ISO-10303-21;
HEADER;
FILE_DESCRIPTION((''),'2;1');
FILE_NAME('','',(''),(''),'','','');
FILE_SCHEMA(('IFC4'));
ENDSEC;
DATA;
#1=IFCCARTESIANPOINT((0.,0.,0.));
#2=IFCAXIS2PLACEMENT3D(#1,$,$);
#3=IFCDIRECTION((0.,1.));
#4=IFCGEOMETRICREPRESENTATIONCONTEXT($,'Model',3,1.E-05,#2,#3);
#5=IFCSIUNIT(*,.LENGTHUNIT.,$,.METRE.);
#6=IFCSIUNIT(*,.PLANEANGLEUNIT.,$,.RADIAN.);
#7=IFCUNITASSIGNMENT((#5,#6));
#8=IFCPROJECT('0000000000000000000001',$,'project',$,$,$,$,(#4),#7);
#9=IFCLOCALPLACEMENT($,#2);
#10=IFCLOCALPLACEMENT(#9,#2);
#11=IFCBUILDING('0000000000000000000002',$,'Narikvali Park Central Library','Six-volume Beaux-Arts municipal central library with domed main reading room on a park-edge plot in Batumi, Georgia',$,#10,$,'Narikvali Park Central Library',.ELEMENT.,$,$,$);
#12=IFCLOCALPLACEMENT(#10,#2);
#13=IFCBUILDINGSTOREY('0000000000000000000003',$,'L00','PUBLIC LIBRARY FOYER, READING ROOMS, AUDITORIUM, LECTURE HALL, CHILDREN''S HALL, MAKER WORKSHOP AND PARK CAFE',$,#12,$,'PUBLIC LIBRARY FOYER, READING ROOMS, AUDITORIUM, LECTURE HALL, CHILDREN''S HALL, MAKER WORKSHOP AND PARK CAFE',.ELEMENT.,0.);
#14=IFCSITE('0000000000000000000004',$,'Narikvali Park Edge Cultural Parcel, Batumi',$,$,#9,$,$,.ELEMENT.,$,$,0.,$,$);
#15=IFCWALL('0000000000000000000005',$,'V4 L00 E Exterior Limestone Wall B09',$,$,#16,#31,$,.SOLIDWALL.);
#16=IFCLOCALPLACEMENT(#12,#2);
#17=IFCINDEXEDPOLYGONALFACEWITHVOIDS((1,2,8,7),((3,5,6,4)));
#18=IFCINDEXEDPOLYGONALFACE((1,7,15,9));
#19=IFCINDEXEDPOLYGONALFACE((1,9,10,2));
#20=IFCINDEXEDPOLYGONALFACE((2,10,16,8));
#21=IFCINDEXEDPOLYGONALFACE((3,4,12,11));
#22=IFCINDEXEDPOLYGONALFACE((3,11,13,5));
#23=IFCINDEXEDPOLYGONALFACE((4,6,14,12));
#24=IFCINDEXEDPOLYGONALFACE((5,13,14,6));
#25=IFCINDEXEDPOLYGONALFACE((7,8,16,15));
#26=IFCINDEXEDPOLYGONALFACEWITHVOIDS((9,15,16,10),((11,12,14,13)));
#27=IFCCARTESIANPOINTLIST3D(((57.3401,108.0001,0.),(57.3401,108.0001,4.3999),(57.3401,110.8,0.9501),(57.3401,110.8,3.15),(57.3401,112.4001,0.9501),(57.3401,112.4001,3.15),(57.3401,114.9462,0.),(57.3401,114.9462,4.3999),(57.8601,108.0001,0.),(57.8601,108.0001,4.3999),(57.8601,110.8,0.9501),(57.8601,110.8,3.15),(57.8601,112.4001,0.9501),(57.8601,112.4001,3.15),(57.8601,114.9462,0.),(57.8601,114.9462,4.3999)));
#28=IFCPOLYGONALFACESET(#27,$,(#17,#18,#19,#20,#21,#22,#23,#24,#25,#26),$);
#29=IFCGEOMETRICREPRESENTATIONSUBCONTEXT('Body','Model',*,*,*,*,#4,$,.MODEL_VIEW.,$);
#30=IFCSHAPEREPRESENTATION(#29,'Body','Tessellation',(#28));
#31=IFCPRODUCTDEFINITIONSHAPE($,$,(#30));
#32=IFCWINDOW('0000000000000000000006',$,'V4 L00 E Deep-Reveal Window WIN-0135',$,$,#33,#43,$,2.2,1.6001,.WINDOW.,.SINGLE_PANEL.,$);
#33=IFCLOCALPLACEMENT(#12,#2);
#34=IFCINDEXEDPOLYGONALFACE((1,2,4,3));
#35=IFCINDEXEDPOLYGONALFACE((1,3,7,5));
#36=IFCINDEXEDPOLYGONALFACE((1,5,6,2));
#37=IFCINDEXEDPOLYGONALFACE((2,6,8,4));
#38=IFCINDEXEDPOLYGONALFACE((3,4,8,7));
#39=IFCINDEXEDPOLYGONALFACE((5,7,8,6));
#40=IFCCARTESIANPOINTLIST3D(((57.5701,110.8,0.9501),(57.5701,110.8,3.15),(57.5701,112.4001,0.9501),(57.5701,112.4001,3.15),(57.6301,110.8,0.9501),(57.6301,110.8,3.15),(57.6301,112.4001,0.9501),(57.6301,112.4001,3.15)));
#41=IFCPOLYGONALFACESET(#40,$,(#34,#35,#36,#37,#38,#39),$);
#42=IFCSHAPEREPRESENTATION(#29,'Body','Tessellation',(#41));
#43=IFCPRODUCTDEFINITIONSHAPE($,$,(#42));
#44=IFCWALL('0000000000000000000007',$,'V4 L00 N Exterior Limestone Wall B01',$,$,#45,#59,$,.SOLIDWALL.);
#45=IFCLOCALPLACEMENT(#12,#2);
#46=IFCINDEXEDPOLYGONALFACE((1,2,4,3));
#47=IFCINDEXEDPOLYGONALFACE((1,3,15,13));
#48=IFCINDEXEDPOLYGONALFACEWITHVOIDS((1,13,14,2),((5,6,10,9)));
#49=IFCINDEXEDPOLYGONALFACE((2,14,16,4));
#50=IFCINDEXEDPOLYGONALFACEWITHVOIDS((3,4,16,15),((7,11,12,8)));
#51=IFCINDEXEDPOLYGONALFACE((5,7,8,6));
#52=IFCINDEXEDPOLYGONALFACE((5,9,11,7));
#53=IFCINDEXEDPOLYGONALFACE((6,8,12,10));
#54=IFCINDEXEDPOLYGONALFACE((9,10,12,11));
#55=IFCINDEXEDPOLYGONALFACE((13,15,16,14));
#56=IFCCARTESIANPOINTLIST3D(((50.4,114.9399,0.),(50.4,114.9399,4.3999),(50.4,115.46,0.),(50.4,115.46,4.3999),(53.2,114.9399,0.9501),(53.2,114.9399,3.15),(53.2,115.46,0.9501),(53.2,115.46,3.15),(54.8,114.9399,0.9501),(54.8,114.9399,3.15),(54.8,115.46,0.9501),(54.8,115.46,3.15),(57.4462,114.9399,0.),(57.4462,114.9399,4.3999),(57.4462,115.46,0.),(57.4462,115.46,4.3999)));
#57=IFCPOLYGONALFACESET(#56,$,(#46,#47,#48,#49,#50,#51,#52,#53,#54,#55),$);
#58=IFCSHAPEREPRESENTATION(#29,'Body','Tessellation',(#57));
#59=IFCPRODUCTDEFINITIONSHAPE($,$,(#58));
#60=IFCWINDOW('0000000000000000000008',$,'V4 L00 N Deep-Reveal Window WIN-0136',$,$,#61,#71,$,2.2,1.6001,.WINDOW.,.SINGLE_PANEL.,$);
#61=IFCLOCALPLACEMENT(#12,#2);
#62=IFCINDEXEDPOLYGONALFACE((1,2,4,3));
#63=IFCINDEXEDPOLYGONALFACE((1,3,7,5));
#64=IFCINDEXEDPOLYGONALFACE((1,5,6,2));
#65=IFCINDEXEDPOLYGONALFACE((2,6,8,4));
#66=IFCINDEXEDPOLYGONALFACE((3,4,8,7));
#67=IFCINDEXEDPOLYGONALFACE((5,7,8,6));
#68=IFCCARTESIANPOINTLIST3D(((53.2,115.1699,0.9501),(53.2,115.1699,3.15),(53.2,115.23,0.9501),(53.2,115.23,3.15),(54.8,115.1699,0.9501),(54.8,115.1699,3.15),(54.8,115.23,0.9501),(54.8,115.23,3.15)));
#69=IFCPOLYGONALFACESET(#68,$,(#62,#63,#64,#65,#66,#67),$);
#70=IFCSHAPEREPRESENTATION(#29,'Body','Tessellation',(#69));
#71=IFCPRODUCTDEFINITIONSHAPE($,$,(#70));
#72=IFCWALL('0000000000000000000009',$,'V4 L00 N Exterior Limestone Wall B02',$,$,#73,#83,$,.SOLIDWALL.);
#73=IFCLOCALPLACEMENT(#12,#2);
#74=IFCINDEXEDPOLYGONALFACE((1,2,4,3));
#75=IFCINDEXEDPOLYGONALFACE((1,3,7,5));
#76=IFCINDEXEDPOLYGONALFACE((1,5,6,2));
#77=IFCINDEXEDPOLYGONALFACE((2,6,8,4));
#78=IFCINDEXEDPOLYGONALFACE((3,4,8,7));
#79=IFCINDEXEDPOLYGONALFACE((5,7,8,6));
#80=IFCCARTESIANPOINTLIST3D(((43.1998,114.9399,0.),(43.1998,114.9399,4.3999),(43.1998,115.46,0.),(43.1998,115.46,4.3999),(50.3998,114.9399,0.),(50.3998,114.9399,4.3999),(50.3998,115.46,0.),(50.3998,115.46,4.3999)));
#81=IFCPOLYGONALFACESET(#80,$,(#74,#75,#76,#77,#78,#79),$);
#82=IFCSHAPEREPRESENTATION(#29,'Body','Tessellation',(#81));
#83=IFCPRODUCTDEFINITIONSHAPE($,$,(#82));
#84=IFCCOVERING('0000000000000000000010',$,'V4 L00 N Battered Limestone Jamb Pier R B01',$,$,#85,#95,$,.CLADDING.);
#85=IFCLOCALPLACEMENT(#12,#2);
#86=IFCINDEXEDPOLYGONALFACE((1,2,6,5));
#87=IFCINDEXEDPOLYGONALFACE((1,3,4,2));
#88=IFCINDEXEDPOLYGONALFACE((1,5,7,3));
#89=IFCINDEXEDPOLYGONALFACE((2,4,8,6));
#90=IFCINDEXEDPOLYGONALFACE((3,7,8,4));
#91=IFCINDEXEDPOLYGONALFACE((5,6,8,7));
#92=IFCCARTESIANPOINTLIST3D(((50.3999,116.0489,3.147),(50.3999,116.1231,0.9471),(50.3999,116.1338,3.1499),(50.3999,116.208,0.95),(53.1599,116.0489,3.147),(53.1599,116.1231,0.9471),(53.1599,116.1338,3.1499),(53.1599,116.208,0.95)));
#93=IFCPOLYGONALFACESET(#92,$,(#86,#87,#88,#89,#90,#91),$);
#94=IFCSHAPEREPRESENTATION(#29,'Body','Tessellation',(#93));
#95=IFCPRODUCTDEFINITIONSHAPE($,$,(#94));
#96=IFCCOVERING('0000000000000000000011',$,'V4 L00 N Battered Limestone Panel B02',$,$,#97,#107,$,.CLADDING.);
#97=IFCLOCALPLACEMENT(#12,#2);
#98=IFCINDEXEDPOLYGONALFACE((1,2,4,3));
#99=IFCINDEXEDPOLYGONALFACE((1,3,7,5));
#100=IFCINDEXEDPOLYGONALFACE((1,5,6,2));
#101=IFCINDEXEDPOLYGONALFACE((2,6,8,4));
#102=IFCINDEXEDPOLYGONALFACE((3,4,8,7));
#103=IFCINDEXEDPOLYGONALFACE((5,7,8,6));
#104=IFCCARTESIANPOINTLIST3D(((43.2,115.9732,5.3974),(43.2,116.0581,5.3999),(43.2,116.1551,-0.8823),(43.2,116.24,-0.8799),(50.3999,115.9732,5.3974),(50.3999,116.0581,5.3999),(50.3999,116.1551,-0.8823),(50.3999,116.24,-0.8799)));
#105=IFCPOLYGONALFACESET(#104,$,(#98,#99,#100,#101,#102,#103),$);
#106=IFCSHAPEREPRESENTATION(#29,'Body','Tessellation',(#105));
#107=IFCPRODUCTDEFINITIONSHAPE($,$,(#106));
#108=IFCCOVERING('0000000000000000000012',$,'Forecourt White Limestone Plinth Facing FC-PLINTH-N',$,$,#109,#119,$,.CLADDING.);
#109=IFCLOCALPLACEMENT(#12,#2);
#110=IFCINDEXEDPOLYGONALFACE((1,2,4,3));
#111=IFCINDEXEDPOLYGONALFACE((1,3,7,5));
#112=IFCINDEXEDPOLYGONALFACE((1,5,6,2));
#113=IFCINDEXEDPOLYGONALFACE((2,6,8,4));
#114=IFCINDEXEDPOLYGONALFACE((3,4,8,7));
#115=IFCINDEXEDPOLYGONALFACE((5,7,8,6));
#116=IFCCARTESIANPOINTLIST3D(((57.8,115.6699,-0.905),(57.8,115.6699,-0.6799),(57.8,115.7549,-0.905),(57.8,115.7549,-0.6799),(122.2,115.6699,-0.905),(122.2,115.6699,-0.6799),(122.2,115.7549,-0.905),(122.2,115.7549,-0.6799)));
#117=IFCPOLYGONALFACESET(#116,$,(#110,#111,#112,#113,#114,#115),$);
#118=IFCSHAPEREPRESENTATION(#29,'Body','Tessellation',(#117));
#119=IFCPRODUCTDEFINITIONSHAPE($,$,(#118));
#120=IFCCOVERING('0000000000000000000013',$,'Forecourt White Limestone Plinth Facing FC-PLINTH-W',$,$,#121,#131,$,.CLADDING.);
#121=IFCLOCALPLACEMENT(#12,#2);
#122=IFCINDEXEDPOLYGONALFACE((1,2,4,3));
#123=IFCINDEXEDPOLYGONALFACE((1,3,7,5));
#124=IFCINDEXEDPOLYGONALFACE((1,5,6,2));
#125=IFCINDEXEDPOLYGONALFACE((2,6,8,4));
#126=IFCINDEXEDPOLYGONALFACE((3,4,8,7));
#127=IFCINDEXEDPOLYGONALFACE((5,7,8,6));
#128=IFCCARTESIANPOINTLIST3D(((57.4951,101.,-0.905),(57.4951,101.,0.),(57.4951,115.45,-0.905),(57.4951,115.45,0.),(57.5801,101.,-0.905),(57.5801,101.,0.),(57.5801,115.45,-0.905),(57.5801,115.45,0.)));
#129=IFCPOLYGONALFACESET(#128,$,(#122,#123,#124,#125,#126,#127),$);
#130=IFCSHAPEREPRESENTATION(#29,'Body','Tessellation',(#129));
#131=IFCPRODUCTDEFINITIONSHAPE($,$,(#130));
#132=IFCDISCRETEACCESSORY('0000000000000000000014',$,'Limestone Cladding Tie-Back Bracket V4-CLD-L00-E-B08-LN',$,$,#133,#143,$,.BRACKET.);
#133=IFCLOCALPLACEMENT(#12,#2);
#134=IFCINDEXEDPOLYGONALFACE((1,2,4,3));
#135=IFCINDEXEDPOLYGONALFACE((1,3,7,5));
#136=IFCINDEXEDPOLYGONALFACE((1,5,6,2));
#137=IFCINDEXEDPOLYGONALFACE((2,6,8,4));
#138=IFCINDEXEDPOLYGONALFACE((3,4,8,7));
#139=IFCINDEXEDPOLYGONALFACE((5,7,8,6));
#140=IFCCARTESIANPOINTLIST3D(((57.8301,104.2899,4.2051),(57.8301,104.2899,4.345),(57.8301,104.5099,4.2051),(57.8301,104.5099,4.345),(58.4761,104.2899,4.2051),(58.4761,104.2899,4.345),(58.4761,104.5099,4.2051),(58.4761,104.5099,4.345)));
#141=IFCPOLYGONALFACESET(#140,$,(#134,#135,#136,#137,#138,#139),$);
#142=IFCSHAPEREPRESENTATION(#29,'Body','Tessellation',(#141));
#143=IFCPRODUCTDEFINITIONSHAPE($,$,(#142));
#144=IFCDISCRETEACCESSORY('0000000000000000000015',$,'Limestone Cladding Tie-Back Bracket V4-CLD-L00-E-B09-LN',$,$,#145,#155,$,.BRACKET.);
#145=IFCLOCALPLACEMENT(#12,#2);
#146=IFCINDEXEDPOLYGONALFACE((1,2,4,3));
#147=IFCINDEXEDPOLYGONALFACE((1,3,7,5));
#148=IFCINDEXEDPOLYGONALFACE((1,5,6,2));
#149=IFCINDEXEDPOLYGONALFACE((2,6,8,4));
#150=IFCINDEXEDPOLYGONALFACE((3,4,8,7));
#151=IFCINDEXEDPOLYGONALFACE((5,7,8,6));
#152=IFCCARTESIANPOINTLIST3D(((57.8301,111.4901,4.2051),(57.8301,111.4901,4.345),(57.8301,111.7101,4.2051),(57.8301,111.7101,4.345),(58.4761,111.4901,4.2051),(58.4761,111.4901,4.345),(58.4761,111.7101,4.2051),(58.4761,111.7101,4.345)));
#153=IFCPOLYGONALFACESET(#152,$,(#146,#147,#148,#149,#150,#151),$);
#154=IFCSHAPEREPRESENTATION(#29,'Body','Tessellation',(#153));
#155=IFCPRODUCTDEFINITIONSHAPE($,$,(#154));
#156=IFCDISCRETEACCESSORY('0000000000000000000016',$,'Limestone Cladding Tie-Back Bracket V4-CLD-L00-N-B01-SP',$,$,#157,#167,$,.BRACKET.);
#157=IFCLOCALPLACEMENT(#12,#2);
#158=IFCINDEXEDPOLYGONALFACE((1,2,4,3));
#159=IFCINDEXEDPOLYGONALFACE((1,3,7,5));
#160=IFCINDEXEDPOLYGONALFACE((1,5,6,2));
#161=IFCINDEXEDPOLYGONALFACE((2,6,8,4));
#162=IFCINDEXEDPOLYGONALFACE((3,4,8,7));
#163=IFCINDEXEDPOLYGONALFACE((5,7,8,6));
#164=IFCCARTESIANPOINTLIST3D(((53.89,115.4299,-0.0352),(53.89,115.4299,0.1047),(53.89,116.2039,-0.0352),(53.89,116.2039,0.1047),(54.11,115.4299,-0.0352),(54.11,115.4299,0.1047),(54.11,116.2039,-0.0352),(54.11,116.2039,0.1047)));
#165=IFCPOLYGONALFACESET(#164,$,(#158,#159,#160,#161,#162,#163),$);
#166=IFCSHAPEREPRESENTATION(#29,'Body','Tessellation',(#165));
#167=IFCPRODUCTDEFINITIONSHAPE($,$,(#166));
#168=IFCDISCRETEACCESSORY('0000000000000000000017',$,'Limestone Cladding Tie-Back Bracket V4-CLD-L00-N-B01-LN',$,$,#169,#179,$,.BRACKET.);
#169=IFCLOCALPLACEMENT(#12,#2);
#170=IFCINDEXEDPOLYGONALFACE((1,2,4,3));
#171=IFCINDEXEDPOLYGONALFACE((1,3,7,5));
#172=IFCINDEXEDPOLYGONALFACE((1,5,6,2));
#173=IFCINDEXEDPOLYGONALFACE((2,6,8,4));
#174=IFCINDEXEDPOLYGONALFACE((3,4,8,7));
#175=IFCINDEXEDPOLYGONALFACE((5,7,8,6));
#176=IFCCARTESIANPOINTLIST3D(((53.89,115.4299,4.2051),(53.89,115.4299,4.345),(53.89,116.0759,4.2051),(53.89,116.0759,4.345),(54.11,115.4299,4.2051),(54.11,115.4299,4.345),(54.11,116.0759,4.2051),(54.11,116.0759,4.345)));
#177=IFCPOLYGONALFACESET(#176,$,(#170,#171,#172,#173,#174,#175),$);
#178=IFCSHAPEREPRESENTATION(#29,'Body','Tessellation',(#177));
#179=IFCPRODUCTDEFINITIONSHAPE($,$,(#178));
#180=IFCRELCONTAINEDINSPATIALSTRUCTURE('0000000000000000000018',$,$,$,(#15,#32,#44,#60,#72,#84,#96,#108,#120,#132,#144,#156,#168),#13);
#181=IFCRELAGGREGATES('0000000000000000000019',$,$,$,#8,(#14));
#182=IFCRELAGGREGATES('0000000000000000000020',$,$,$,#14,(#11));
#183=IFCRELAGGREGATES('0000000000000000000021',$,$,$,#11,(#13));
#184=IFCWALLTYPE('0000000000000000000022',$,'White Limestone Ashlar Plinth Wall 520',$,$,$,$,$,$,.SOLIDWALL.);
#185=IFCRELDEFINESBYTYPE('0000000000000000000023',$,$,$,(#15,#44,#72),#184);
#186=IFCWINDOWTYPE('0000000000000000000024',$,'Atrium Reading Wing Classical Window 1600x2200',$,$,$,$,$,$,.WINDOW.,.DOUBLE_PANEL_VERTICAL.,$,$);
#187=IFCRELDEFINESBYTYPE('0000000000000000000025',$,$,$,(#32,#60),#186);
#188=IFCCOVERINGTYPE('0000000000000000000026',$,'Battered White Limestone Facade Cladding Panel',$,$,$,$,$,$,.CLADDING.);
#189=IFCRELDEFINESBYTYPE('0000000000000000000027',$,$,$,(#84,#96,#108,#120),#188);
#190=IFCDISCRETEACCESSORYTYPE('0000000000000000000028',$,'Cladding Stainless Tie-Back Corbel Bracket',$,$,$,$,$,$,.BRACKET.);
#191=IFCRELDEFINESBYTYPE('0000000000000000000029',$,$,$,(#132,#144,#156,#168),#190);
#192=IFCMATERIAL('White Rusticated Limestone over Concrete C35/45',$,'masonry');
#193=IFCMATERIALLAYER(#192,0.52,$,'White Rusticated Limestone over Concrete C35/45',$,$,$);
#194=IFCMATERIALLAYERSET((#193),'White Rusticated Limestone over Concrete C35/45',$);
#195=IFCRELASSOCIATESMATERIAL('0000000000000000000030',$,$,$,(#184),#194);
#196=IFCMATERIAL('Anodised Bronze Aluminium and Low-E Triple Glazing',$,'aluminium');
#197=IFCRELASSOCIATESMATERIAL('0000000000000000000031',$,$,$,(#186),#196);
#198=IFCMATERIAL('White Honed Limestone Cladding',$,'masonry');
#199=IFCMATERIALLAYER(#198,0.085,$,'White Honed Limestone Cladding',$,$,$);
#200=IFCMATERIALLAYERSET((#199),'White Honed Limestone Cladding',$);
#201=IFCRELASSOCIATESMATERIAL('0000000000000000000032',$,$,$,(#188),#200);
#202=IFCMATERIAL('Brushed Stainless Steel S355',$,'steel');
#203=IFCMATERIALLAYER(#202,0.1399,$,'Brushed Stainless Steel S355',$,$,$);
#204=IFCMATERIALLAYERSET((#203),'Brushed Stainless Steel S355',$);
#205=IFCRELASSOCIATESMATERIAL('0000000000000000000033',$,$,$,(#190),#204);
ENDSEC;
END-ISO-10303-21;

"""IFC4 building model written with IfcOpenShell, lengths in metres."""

from ifc_helpers import new_model, si_unit, direction, frame, frame_2d, origin, origin_2d, place, context, subcontext, project, spatial, polyline, rectangle, outline, extrude, material, layer, layer_set, type_object, element, fill, save


model = new_model("IFC4")

# Units and contexts
model_context = context("Model", 3, precision=1e-05, world=origin(), true_north=direction((0.0, 1.0)))
body_context = subcontext(model_context, "Body", "Model", "MODEL_VIEW")
ifc_project = project(units=[si_unit("LENGTHUNIT", "METRE"), si_unit("PLANEANGLEUNIT", "RADIAN")], contexts=[model_context])

# Site, building, storey
site_placement = place(None, origin())
site = spatial("IfcSite", under=ifc_project, at=site_placement, Name="Narikvali Park Edge Cultural Parcel, Batumi", CompositionType="ELEMENT", RefElevation=0.0)
building_placement = place(site_placement, origin())
building = spatial("IfcBuilding", under=site, at=building_placement, Name="Narikvali Park Central Library", Description="Six-volume Beaux-Arts municipal central library with domed main reading room on a park-edge plot in Batumi, Georgia", LongName="Narikvali Park Central Library", CompositionType="ELEMENT")
storey_placement = place(building_placement, origin())
storey = spatial("IfcBuildingStorey", under=building, at=storey_placement, Name="L00", Description="PUBLIC LIBRARY FOYER, READING ROOMS, AUDITORIUM, LECTURE HALL, CHILDREN'S HALL, MAKER WORKSHOP AND PARK CAFE", LongName="PUBLIC LIBRARY FOYER, READING ROOMS, AUDITORIUM, LECTURE HALL, CHILDREN'S HALL, MAKER WORKSHOP AND PARK CAFE", CompositionType="ELEMENT", Elevation=0.0)

# Shared definitions
ifc_material_1 = material(Name="White Rusticated Limestone over Concrete C35/45", Category="masonry")

# Walls, openings, windows
ifc_layer_1 = layer(ifc_material_1, 0.52, Name="White Rusticated Limestone over Concrete C35/45")
ifc_layer_set_1 = layer_set([ifc_layer_1], Name="White Rusticated Limestone over Concrete C35/45")
wall_type_1 = type_object("IfcWallType", Name="White Limestone Ashlar Plinth Wall 520", PredefinedType="SOLIDWALL", material=ifc_layer_set_1)
wall_1_placement = place(storey_placement, frame((57.6001, 108.0, 0.0), z_axis=(0.0, 0.0, 1.0), x_axis=(0.0, 1.0, 0.0)))
wall_1 = element("IfcWall", 1, at=wall_1_placement, inside=storey, type_object=wall_type_1, Name="V4 L00 E Exterior Limestone Wall B09", PredefinedType="SOLIDWALL", context=body_context, shape_type="SweptSolid", body=[
    extrude(rectangle(XDim=6.946, YDim=0.52, at=frame_2d((3.4731, 0.0))), origin(), (0.0, 0.0, 1.0), 4.3999),
])
opening_1_placement = place(wall_1_placement, frame((2.8, 0.0, 0.95)))
opening_1 = element("IfcOpeningElement", 2, at=opening_1_placement, cuts=wall_1, PredefinedType="OPENING", context=body_context, shape_type="SweptSolid", body=[
    extrude(rectangle(XDim=1.6001, YDim=2.2, at=frame_2d((0.8, 1.1001))), frame((0.0, 0.272, 0.0), z_axis=(0.0, -1.0, 0.0), x_axis=(1.0, 0.0, 0.0)), (0.0, 0.0, 1.0), 0.5439),
])
ifc_material_2 = material(Name="Anodised Bronze Aluminium and Low-E Triple Glazing", Category="aluminium")
window_type = type_object("IfcWindowType", Name="Atrium Reading Wing Classical Window 1600x2200", PartitioningType="DOUBLE_PANEL_VERTICAL", PredefinedType="WINDOW", material=ifc_material_2)
window_1_placement = place(opening_1_placement, origin())
window_1 = element("IfcWindow", 3, at=window_1_placement, inside=storey, type_object=window_type, Name="V4 L00 E Deep-Reveal Window WIN-0135", OverallHeight=2.2, OverallWidth=1.6001, PartitioningType="SINGLE_PANEL", PredefinedType="WINDOW", context=body_context, shape_type="SweptSolid", body=[
    extrude(rectangle(XDim=1.6001, YDim=2.2, at=frame_2d((0.8, 1.1001))), frame((0.0, 0.03, 0.0), z_axis=(0.0, -1.0, 0.0), x_axis=(1.0, 0.0, 0.0)), (0.0, 0.0, 1.0), 0.0601),
])
fill(opening_1, window_1)
wall_2_placement = place(storey_placement, frame((57.446, 115.2, 0.0), z_axis=(0.0, 0.0, 1.0), x_axis=(-1.0, 0.0, 0.0)))
wall_2 = element("IfcWall", 4, at=wall_2_placement, inside=storey, type_object=wall_type_1, Name="V4 L00 N Exterior Limestone Wall B01", PredefinedType="SOLIDWALL", context=body_context, shape_type="SweptSolid", body=[
    extrude(rectangle(XDim=7.0461, YDim=0.52, at=frame_2d((3.5229, 0.0))), origin(), (0.0, 0.0, 1.0), 4.3999),
])
opening_2_placement = place(wall_2_placement, frame((2.646, 0.0, 0.95)))
opening_2 = element("IfcOpeningElement", 5, at=opening_2_placement, cuts=wall_2, PredefinedType="OPENING", context=body_context, shape_type="SweptSolid", body=[
    extrude(rectangle(XDim=1.6001, YDim=2.2, at=frame_2d((0.8, 1.1001))), frame((0.0, 0.272, 0.0), z_axis=(0.0, -1.0, 0.0), x_axis=(1.0, 0.0, 0.0)), (0.0, 0.0, 1.0), 0.5439),
])
window_2_placement = place(opening_2_placement, origin())
window_2 = element("IfcWindow", 6, at=window_2_placement, inside=storey, type_object=window_type, Name="V4 L00 N Deep-Reveal Window WIN-0136", OverallHeight=2.2, OverallWidth=1.6001, PartitioningType="SINGLE_PANEL", PredefinedType="WINDOW", context=body_context, shape_type="SweptSolid", body=[
    extrude(rectangle(XDim=1.6001, YDim=2.2, at=frame_2d((0.8, 1.1001))), frame((0.0, 0.03, 0.0), z_axis=(0.0, -1.0, 0.0), x_axis=(1.0, 0.0, 0.0)), (0.0, 0.0, 1.0), 0.0601),
])
fill(opening_2, window_2)

# Wall
wall_3_placement = place(storey_placement, frame((50.3999, 115.2, 0.0), z_axis=(0.0, 0.0, 1.0), x_axis=(-1.0, 0.0, 0.0)))
element("IfcWall", 7, at=wall_3_placement, inside=storey, type_object=wall_type_1, Name="V4 L00 N Exterior Limestone Wall B02", PredefinedType="SOLIDWALL", context=body_context, shape_type="SweptSolid", body=[
    extrude(rectangle(XDim=7.2, YDim=0.52, at=frame_2d((3.6001, 0.0))), origin(), (0.0, 0.0, 1.0), 4.3999),
])

# Coverings
ifc_material_3 = material(Name="White Honed Limestone Cladding", Category="masonry")
ifc_layer_2 = layer(ifc_material_3, 0.085, Name="White Honed Limestone Cladding")
ifc_layer_set_2 = layer_set([ifc_layer_2], Name="White Honed Limestone Cladding")
covering_type = type_object("IfcCoveringType", Name="Battered White Limestone Facade Cladding Panel", PredefinedType="CLADDING", material=ifc_layer_set_2)
covering_1_placement = place(storey_placement, frame((53.1599, 116.208, 0.95), z_axis=(0.0, 0.999431, 0.033717), x_axis=(-1.0, 0.0, 0.0)))
element("IfcCovering", 8, at=covering_1_placement, inside=storey, type_object=covering_type, Name="V4 L00 N Battered Limestone Jamb Pier R B01", PredefinedType="CLADDING", context=body_context, shape_type="SweptSolid", body=[
    extrude(outline(polyline([(0.0, 0.0), (2.76, 0.0), (2.76, 2.2012), (0.0, 2.2012), (0.0, 0.0)])), origin(), (0.0, 0.0, -1.0), 0.085),
])
covering_2_placement = place(storey_placement, frame((50.3999, 116.24, -0.8799), z_axis=(0.0, 0.999581, 0.028951), x_axis=(-1.0, 0.0, 0.0)))
element("IfcCovering", 9, at=covering_2_placement, inside=storey, type_object=covering_type, Name="V4 L00 N Battered Limestone Panel B02", PredefinedType="CLADDING", context=body_context, shape_type="SweptSolid", body=[
    extrude(outline(polyline([(0.0, 0.0), (7.2, 0.0), (7.2, 6.2824), (0.0, 6.2824), (0.0, 0.0)])), origin(), (0.0, 0.0, -1.0), 0.085),
])
covering_3_placement = place(storey_placement, frame((57.8, 115.6699, -0.905), z_axis=(0.0, -1.0, 0.0), x_axis=(1.0, 0.0, 0.0)))
element("IfcCovering", 10, at=covering_3_placement, inside=storey, type_object=covering_type, Name="Forecourt White Limestone Plinth Facing FC-PLINTH-N", PredefinedType="CLADDING", context=body_context, shape_type="SweptSolid", body=[
    extrude(outline(polyline([(0.0, 0.0), (64.3999, 0.0), (64.3999, 0.2251), (0.0, 0.2251), (0.0, 0.0)])), origin(), (0.0, 0.0, -1.0), 0.085),
])
covering_4_placement = place(storey_placement, frame((57.5801, 101.0, -0.905), z_axis=(1.0, 0.0, 0.0), x_axis=(0.0, 1.0, 0.0)))
element("IfcCovering", 11, at=covering_4_placement, inside=storey, type_object=covering_type, Name="Forecourt White Limestone Plinth Facing FC-PLINTH-W", PredefinedType="CLADDING", context=body_context, shape_type="SweptSolid", body=[
    extrude(outline(polyline([(0.0, 0.0), (14.45, 0.0), (14.45, 0.905), (0.0, 0.905), (0.0, 0.0)])), origin(), (0.0, 0.0, -1.0), 0.085),
])

# Discrete accessories
ifc_material_4 = material(Name="Brushed Stainless Steel S355", Category="steel")
ifc_layer_3 = layer(ifc_material_4, 0.1399, Name="Brushed Stainless Steel S355")
ifc_layer_set_3 = layer_set([ifc_layer_3], Name="Brushed Stainless Steel S355")
discrete_accessory_type = type_object("IfcDiscreteAccessoryType", Name="Cladding Stainless Tie-Back Corbel Bracket", PredefinedType="BRACKET", material=ifc_layer_set_3)
for number, where, z_axis, x_axis, name in (
    (12, (58.1531, 104.3999, 4.2051), (0.0, 0.0, 1.0), (1.0, 0.0, 0.0), "Limestone Cladding Tie-Back Bracket V4-CLD-L00-E-B08-LN"),
    (13, (58.1531, 111.6001, 4.2051), (0.0, 0.0, 1.0), (1.0, 0.0, 0.0), "Limestone Cladding Tie-Back Bracket V4-CLD-L00-E-B09-LN"),
):
    element("IfcDiscreteAccessory", number, at=place(storey_placement, frame(where, z_axis=z_axis, x_axis=x_axis)), inside=storey, type_object=discrete_accessory_type, Name=name, PredefinedType="BRACKET", context=body_context, shape_type="SweptSolid", body=[
        extrude(rectangle(XDim=0.646, YDim=0.22, at=origin_2d()), origin(), (0.0, 0.0, 1.0), 0.1399),
    ])
discrete_accessory_1_placement = place(storey_placement, frame((54.0, 115.8169, -0.0352), z_axis=(0.0, 0.0, 1.0), x_axis=(1.0, 0.0, 0.0)))
element("IfcDiscreteAccessory", 14, at=discrete_accessory_1_placement, inside=storey, type_object=discrete_accessory_type, Name="Limestone Cladding Tie-Back Bracket V4-CLD-L00-N-B01-SP", PredefinedType="BRACKET", context=body_context, shape_type="SweptSolid", body=[
    extrude(rectangle(XDim=0.22, YDim=0.7739, at=origin_2d()), origin(), (0.0, 0.0, 1.0), 0.1399),
])
discrete_accessory_2_placement = place(storey_placement, frame((54.0, 115.7529, 4.2051), z_axis=(0.0, 0.0, 1.0), x_axis=(1.0, 0.0, 0.0)))
element("IfcDiscreteAccessory", 15, at=discrete_accessory_2_placement, inside=storey, type_object=discrete_accessory_type, Name="Limestone Cladding Tie-Back Bracket V4-CLD-L00-N-B01-LN", PredefinedType="BRACKET", context=body_context, shape_type="SweptSolid", body=[
    extrude(rectangle(XDim=0.22, YDim=0.646, at=origin_2d()), origin(), (0.0, 0.0, 1.0), 0.1399),
])

save(model, "model.ifc")
